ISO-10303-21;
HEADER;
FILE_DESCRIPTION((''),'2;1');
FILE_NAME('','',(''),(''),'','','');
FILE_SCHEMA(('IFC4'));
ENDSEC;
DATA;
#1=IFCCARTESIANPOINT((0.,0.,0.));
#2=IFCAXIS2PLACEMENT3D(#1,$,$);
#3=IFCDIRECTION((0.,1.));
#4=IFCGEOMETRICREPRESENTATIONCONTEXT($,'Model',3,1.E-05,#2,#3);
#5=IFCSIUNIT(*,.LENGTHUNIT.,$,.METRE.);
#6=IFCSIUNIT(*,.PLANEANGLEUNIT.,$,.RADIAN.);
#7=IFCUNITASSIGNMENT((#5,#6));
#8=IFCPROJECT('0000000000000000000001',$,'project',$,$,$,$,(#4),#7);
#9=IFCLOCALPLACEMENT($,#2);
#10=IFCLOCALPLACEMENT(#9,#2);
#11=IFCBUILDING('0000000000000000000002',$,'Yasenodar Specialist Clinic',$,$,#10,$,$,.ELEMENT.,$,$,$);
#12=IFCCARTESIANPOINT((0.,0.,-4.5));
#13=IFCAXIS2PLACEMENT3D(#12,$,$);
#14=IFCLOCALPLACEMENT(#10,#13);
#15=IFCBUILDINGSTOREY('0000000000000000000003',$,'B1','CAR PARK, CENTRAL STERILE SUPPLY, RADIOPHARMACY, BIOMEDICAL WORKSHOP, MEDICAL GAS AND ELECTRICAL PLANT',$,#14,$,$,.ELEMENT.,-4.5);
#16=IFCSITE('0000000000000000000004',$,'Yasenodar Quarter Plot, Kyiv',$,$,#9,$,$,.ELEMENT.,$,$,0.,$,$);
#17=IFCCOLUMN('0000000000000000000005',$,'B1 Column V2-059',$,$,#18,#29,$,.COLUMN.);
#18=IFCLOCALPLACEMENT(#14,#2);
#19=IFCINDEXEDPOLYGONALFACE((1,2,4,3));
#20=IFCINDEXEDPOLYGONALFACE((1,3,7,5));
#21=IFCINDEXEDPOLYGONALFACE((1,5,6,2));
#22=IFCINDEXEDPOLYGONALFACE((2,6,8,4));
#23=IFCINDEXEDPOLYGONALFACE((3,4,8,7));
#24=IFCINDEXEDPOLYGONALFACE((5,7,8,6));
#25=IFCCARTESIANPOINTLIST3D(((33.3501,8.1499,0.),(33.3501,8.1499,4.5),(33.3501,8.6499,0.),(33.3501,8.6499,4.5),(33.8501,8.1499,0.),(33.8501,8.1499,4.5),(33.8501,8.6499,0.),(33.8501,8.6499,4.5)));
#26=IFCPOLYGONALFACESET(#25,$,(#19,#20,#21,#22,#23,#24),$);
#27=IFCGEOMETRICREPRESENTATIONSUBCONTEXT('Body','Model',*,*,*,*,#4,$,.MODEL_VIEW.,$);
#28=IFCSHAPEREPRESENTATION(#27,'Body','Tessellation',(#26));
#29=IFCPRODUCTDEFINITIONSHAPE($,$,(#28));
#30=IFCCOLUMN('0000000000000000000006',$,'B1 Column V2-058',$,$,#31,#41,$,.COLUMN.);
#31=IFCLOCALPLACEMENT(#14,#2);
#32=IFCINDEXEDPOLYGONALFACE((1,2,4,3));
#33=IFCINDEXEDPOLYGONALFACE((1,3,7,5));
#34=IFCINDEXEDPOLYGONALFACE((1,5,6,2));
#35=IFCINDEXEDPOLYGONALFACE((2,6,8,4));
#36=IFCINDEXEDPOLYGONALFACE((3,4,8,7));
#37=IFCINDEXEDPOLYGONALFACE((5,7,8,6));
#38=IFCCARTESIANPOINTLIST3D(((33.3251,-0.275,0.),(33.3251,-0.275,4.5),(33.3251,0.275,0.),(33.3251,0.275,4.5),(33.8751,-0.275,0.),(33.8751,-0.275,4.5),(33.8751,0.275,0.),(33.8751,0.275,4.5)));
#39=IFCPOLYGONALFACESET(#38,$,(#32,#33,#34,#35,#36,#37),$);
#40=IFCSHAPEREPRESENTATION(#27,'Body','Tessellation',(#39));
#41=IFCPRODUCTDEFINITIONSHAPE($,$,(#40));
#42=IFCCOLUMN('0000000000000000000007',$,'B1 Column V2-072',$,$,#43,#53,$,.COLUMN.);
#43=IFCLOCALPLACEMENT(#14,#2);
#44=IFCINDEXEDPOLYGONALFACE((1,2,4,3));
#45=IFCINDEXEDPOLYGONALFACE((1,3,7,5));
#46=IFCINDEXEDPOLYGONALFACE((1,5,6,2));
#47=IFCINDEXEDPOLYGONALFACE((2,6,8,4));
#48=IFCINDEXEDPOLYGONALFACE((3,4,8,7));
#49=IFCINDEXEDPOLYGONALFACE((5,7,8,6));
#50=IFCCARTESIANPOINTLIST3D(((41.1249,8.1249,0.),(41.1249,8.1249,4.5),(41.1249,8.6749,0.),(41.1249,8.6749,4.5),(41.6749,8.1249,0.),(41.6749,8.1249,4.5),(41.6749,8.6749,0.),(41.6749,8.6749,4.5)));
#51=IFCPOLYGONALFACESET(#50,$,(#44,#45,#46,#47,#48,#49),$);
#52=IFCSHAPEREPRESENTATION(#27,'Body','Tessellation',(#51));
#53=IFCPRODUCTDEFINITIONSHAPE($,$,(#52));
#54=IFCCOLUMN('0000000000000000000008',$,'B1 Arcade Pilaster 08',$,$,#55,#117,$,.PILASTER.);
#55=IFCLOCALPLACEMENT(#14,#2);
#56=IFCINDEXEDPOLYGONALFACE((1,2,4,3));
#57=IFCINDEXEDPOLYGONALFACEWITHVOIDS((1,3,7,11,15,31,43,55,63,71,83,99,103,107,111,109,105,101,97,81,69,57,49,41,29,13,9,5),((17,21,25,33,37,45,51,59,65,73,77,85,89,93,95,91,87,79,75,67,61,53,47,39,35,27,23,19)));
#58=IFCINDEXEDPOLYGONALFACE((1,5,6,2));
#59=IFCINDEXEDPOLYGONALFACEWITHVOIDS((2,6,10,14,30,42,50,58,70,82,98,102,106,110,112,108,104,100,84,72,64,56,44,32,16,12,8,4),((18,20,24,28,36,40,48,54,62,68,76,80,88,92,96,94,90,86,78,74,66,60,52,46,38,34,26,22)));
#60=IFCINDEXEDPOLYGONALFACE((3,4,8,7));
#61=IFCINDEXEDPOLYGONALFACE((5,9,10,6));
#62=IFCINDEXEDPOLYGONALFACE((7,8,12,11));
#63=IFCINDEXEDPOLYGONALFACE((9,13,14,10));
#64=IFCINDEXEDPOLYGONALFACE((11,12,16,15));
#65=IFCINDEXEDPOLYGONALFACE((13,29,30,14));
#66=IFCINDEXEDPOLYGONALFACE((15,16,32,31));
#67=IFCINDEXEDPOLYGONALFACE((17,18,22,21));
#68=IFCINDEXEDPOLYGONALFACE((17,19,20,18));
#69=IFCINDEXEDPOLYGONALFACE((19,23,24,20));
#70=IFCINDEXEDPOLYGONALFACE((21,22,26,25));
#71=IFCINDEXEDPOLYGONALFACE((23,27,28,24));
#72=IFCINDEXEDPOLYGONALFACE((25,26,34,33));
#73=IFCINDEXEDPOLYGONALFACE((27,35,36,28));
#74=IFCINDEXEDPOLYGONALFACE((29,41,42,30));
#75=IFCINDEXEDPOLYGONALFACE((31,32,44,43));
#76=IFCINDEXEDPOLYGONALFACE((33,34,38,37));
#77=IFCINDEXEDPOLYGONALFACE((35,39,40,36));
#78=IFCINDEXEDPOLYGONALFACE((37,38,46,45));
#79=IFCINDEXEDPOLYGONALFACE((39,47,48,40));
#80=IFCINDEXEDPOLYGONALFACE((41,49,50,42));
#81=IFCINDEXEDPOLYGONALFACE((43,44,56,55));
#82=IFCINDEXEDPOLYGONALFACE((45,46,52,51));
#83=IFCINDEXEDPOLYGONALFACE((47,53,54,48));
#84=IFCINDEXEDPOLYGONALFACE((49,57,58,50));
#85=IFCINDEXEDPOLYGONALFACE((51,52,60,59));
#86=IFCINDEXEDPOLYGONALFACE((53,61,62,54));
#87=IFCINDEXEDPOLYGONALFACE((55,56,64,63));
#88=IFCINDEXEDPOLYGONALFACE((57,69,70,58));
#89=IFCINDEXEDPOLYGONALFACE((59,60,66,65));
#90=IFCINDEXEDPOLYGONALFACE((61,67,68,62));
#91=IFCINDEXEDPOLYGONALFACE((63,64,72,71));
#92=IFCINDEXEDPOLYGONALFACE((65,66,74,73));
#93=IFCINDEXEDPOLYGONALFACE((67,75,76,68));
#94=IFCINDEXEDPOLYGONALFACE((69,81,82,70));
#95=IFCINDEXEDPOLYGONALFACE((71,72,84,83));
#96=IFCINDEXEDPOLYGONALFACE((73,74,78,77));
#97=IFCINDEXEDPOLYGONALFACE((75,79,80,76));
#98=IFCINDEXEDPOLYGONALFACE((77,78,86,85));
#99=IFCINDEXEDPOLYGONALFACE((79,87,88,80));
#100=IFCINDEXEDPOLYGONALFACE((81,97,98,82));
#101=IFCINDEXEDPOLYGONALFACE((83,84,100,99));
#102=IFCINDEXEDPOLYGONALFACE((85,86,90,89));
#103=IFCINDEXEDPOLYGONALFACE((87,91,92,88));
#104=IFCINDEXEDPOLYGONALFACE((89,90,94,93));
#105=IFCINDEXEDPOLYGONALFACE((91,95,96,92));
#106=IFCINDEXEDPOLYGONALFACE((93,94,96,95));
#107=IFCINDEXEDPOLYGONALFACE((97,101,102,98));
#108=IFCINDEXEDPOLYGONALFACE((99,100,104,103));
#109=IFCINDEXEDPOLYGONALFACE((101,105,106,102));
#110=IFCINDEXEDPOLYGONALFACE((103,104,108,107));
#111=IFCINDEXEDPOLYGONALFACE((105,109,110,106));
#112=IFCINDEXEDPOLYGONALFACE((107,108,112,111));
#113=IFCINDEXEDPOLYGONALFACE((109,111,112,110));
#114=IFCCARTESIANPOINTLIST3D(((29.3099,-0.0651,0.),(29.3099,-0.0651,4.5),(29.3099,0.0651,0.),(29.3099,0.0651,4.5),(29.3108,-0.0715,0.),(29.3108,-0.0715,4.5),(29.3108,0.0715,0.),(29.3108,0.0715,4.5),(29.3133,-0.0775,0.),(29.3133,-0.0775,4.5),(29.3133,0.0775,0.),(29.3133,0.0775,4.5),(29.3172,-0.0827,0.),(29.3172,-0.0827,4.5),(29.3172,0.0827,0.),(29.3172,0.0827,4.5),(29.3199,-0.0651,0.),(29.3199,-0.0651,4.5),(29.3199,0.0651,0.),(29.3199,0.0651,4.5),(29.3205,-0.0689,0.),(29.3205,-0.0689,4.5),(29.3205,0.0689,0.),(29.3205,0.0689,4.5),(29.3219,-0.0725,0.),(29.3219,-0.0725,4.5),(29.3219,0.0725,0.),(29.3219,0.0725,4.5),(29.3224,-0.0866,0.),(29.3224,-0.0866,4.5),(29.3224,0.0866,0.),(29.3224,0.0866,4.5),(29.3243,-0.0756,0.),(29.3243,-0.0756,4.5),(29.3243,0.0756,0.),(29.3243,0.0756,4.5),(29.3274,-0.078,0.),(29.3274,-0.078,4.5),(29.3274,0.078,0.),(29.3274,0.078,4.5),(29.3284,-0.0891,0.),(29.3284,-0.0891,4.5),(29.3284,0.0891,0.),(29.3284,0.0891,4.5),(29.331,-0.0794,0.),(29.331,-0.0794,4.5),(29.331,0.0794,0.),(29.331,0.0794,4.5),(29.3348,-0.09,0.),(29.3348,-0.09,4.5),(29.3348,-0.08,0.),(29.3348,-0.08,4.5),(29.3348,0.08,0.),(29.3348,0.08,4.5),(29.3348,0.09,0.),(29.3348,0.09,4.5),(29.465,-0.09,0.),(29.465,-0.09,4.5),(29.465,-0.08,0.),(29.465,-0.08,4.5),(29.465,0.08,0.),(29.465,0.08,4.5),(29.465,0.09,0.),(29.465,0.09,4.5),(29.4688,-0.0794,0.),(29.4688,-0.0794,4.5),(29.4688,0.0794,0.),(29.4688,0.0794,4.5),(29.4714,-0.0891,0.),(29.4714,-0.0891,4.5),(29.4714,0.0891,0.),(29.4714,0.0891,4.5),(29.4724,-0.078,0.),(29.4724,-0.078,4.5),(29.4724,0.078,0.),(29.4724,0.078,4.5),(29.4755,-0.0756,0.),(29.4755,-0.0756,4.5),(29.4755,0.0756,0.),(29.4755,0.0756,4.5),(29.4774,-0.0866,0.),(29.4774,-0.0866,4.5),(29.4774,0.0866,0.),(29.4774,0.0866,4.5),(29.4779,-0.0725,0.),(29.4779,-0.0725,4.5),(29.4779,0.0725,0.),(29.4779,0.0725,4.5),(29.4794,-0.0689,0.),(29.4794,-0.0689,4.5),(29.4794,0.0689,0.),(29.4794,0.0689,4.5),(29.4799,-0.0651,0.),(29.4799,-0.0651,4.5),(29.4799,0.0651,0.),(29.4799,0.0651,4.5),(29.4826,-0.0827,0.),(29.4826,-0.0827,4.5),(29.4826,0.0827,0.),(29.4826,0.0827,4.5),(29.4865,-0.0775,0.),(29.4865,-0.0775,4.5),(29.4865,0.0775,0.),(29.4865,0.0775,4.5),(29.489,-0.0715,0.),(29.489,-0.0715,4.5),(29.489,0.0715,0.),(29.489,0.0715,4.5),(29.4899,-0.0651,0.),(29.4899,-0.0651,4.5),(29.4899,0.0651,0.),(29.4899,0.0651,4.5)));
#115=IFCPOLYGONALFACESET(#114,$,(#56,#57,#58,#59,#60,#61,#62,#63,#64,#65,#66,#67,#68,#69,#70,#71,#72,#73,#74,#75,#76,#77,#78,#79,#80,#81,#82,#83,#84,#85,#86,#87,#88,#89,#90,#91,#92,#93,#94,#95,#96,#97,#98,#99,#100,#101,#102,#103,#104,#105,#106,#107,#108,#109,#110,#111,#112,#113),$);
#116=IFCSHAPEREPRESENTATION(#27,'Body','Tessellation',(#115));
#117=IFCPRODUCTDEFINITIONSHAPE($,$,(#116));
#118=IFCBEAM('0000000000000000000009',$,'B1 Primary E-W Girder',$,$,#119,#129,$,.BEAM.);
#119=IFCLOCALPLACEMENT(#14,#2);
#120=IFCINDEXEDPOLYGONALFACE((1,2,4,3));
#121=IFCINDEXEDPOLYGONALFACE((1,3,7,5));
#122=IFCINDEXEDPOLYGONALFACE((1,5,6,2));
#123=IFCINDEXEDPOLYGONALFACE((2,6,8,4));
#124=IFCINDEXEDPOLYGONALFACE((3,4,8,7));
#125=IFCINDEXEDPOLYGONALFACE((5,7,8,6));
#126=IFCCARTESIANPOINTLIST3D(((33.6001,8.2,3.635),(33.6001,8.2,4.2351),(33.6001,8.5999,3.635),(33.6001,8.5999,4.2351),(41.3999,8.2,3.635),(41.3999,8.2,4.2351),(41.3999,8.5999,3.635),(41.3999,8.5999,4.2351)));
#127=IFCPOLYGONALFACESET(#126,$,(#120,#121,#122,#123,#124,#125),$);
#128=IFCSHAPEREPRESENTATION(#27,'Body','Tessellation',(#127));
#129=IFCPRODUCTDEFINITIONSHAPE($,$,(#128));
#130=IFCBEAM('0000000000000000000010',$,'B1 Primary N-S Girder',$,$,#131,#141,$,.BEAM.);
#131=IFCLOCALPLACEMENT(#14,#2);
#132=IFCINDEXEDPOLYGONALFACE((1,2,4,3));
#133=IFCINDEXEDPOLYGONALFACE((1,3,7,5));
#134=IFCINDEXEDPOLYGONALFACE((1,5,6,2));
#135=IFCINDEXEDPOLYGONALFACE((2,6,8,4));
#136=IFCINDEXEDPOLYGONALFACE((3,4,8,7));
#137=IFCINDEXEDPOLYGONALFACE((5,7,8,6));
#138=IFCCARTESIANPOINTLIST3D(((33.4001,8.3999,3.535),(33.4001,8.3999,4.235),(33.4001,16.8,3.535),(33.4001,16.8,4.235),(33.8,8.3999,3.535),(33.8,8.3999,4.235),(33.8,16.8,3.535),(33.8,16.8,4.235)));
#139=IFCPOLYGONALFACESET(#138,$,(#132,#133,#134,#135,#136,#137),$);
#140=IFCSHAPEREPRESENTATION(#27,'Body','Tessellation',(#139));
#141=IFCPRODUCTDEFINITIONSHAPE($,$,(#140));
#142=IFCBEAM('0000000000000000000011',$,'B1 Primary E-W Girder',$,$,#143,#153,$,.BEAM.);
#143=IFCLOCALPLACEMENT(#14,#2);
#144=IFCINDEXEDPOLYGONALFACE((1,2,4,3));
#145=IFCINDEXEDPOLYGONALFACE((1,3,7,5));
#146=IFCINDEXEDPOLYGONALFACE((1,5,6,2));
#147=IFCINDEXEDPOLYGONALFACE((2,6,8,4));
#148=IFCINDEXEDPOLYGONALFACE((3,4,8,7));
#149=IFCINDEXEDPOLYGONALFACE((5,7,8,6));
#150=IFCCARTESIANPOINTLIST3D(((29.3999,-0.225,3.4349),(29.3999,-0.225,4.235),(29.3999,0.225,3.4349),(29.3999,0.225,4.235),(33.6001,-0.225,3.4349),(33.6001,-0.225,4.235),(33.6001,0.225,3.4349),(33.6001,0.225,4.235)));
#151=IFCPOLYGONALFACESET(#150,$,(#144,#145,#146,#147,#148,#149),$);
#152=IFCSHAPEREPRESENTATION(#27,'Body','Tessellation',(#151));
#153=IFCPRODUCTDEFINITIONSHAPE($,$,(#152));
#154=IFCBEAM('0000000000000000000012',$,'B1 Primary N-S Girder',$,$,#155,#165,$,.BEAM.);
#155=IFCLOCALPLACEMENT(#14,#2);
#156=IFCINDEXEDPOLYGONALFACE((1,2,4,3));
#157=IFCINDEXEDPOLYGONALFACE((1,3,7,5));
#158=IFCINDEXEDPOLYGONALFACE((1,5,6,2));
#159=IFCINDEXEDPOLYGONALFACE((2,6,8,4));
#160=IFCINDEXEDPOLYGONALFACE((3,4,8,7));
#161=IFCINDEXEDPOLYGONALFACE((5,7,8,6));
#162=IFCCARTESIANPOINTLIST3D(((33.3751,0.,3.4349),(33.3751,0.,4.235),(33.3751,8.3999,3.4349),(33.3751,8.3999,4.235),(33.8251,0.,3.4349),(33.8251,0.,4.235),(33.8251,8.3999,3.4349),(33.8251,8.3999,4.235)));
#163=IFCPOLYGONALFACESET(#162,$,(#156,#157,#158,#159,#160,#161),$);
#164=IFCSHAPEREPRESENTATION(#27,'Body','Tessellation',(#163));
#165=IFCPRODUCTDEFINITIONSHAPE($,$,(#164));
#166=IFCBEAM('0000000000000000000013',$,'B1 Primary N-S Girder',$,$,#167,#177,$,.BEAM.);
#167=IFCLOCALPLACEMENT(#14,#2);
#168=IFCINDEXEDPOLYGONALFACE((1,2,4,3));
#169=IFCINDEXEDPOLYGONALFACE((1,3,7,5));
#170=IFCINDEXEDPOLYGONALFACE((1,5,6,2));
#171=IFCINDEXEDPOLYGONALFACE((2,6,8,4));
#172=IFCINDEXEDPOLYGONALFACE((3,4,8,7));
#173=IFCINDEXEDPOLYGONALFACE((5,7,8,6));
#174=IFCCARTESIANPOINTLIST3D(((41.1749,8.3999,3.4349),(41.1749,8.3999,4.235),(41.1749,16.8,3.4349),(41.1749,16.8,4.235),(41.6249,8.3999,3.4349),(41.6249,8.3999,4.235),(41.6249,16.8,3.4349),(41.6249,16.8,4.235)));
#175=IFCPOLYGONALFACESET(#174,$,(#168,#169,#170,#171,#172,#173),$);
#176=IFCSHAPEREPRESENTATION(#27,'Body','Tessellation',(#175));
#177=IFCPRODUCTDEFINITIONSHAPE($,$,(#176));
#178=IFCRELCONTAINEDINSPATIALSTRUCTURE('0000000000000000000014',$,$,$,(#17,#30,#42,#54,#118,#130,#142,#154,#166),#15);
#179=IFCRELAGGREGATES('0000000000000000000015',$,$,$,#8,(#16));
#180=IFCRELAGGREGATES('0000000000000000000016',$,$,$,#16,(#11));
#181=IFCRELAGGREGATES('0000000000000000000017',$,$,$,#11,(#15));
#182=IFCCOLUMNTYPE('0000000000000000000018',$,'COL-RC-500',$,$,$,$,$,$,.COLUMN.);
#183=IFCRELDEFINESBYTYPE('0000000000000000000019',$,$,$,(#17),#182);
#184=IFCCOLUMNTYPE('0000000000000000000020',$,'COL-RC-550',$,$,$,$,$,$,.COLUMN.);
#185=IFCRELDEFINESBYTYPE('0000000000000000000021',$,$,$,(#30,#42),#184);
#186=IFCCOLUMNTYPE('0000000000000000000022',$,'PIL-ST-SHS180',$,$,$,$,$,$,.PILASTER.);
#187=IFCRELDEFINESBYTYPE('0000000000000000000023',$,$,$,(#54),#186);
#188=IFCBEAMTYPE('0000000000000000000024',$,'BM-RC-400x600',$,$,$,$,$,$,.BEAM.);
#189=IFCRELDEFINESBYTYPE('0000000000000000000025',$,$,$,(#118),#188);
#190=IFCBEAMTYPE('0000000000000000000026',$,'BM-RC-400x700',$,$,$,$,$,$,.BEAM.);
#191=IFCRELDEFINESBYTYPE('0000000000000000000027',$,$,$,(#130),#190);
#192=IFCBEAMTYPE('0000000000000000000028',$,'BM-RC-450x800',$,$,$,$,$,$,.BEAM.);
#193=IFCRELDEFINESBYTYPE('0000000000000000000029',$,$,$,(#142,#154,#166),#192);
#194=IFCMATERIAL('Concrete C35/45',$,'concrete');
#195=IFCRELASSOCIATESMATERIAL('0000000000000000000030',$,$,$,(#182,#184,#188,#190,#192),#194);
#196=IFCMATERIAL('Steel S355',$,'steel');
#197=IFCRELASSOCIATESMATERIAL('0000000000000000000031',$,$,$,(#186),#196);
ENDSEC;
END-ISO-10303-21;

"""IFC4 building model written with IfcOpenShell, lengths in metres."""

from ifc_helpers import new_model, si_unit, direction, frame, origin, origin_2d, place, context, subcontext, project, spatial, rectangle, hollow_rectangle, extrude, material, material_profile, profile_set, type_object, element, save


model = new_model("IFC4")

# Units and contexts
model_context = context("Model", 3, precision=1e-05, world=origin(), true_north=direction((0.0, 1.0)))
body_context = subcontext(model_context, "Body", "Model", "MODEL_VIEW")
ifc_project = project(units=[si_unit("LENGTHUNIT", "METRE"), si_unit("PLANEANGLEUNIT", "RADIAN")], contexts=[model_context])

# Site, building, storey
site_placement = place(None, origin())
site = spatial("IfcSite", under=ifc_project, at=site_placement, Name="Yasenodar Quarter Plot, Kyiv", CompositionType="ELEMENT", RefElevation=0.0)
building_placement = place(site_placement, origin())
building = spatial("IfcBuilding", under=site, at=building_placement, Name="Yasenodar Specialist Clinic", CompositionType="ELEMENT")
storey_placement = place(building_placement, frame((0.0, 0.0, -4.5)))
storey = spatial("IfcBuildingStorey", under=building, at=storey_placement, Name="B1", Description="CAR PARK, CENTRAL STERILE SUPPLY, RADIOPHARMACY, BIOMEDICAL WORKSHOP, MEDICAL GAS AND ELECTRICAL PLANT", CompositionType="ELEMENT", Elevation=-4.5)

# Shared definitions
ifc_material_1 = material(Name="Concrete C35/45", Category="concrete")

# Columns
ifc_material_profile_1 = material_profile(ifc_material_1, rectangle(XDim=0.5, YDim=0.5, at=origin_2d()), Name="RC 500x500")
ifc_profile_set_1 = profile_set([ifc_material_profile_1], Name="Concrete C35/45")
column_type_1 = type_object("IfcColumnType", Name="COL-RC-500", PredefinedType="COLUMN", material=ifc_profile_set_1)
column_1_placement = place(storey_placement, frame((33.6001, 8.3999, 0.0), z_axis=(0.0, 0.0, 1.0), x_axis=(1.0, 0.0, 0.0)))
element("IfcColumn", 1, at=column_1_placement, inside=storey, type_object=column_type_1, Name="B1 Column V2-059", PredefinedType="COLUMN", context=body_context, shape_type="SweptSolid", body=[
    extrude(rectangle(XDim=0.5, YDim=0.5, at=origin_2d()), origin(), (0.0, 0.0, 1.0), 4.5),
])
ifc_material_profile_2 = material_profile(ifc_material_1, rectangle(XDim=0.55, YDim=0.55, at=origin_2d()), Name="RC 550x550")
ifc_profile_set_2 = profile_set([ifc_material_profile_2], Name="Concrete C35/45")
column_type_2 = type_object("IfcColumnType", Name="COL-RC-550", PredefinedType="COLUMN", material=ifc_profile_set_2)
for number, where, z_axis, x_axis, name in (
    (2, (33.6001, 0.0, 0.0), (0.0, 0.0, 1.0), (1.0, 0.0, 0.0), "B1 Column V2-058"),
    (3, (41.3999, 8.3999, 0.0), (0.0, 0.0, 1.0), (1.0, 0.0, 0.0), "B1 Column V2-072"),
):
    element("IfcColumn", number, at=place(storey_placement, frame(where, z_axis=z_axis, x_axis=x_axis)), inside=storey, type_object=column_type_2, Name=name, PredefinedType="COLUMN", context=body_context, shape_type="SweptSolid", body=[
        extrude(rectangle(XDim=0.55, YDim=0.55, at=origin_2d()), origin(), (0.0, 0.0, 1.0), 4.5),
    ])
ifc_material_2 = material(Name="Steel S355", Category="steel")
ifc_material_profile_3 = material_profile(ifc_material_2, hollow_rectangle(XDim=0.1799, YDim=0.1799, WallThickness=0.01, InnerFilletRadius=0.0149, OuterFilletRadius=0.0249, at=origin_2d()), Name="SHS 180x180x10")
ifc_profile_set_3 = profile_set([ifc_material_profile_3], Name="Steel S355")
column_type_3 = type_object("IfcColumnType", Name="PIL-ST-SHS180", PredefinedType="PILASTER", material=ifc_profile_set_3)
column_2_placement = place(storey_placement, frame((29.3999, 0.0, 0.0), z_axis=(0.0, 0.0, 1.0), x_axis=(1.0, 0.0, 0.0)))
element("IfcColumn", 4, at=column_2_placement, inside=storey, type_object=column_type_3, Name="B1 Arcade Pilaster 08", PredefinedType="PILASTER", context=body_context, shape_type="SweptSolid", body=[
    extrude(hollow_rectangle(XDim=0.1799, YDim=0.1799, WallThickness=0.01, InnerFilletRadius=0.0149, OuterFilletRadius=0.0249, at=origin_2d()), origin(), (0.0, 0.0, 1.0), 4.5),
])

# Beams
ifc_material_profile_4 = material_profile(ifc_material_1, rectangle(XDim=0.3999, YDim=0.6001, at=origin_2d()), Name="RC 400x600")
ifc_profile_set_4 = profile_set([ifc_material_profile_4], Name="Concrete C35/45")
beam_type_1 = type_object("IfcBeamType", Name="BM-RC-400x600", PredefinedType="BEAM", material=ifc_profile_set_4)
beam_1_placement = place(storey_placement, frame((33.6001, 8.3999, 3.9351), z_axis=(1.0, 0.0, 0.0), x_axis=(0.0, 1.0, 0.0)))
element("IfcBeam", 5, at=beam_1_placement, inside=storey, type_object=beam_type_1, Name="B1 Primary E-W Girder", PredefinedType="BEAM", context=body_context, shape_type="SweptSolid", body=[
    extrude(rectangle(XDim=0.3999, YDim=0.6001, at=origin_2d()), origin(), (0.0, 0.0, 1.0), 7.7998),
])
ifc_material_profile_5 = material_profile(ifc_material_1, rectangle(XDim=0.3999, YDim=0.7, at=origin_2d()), Name="RC 400x700")
ifc_profile_set_5 = profile_set([ifc_material_profile_5], Name="Concrete C35/45")
beam_type_2 = type_object("IfcBeamType", Name="BM-RC-400x700", PredefinedType="BEAM", material=ifc_profile_set_5)
beam_2_placement = place(storey_placement, frame((33.6001, 8.3999, 3.885), z_axis=(0.0, 1.0, 0.0), x_axis=(-1.0, 0.0, 0.0)))
element("IfcBeam", 6, at=beam_2_placement, inside=storey, type_object=beam_type_2, Name="B1 Primary N-S Girder", PredefinedType="BEAM", context=body_context, shape_type="SweptSolid", body=[
    extrude(rectangle(XDim=0.3999, YDim=0.7, at=origin_2d()), origin(), (0.0, 0.0, 1.0), 8.4001),
])
ifc_material_profile_6 = material_profile(ifc_material_1, rectangle(XDim=0.45, YDim=0.8, at=origin_2d()), Name="RC 450x800")
ifc_profile_set_6 = profile_set([ifc_material_profile_6], Name="Concrete C35/45")
beam_type_3 = type_object("IfcBeamType", Name="BM-RC-450x800", PredefinedType="BEAM", material=ifc_profile_set_6)
beam_3_placement = place(storey_placement, frame((29.3999, 0.0, 3.835), z_axis=(1.0, 0.0, 0.0), x_axis=(0.0, 1.0, 0.0)))
element("IfcBeam", 7, at=beam_3_placement, inside=storey, type_object=beam_type_3, Name="B1 Primary E-W Girder", PredefinedType="BEAM", context=body_context, shape_type="SweptSolid", body=[
    extrude(rectangle(XDim=0.45, YDim=0.8, at=origin_2d()), origin(), (0.0, 0.0, 1.0), 4.2002),
])
beam_4_placement = place(storey_placement, frame((33.6001, 0.0, 3.835), z_axis=(0.0, 1.0, 0.0), x_axis=(-1.0, 0.0, 0.0)))
element("IfcBeam", 8, at=beam_4_placement, inside=storey, type_object=beam_type_3, Name="B1 Primary N-S Girder", PredefinedType="BEAM", context=body_context, shape_type="SweptSolid", body=[
    extrude(rectangle(XDim=0.45, YDim=0.8, at=origin_2d()), origin(), (0.0, 0.0, 1.0), 8.3999),
])
beam_5_placement = place(storey_placement, frame((41.3999, 8.3999, 3.835), z_axis=(0.0, 1.0, 0.0), x_axis=(-1.0, 0.0, 0.0)))
element("IfcBeam", 9, at=beam_5_placement, inside=storey, type_object=beam_type_3, Name="B1 Primary N-S Girder", PredefinedType="BEAM", context=body_context, shape_type="SweptSolid", body=[
    extrude(rectangle(XDim=0.45, YDim=0.8, at=origin_2d()), origin(), (0.0, 0.0, 1.0), 8.4001),
])

save(model, "model.ifc")
